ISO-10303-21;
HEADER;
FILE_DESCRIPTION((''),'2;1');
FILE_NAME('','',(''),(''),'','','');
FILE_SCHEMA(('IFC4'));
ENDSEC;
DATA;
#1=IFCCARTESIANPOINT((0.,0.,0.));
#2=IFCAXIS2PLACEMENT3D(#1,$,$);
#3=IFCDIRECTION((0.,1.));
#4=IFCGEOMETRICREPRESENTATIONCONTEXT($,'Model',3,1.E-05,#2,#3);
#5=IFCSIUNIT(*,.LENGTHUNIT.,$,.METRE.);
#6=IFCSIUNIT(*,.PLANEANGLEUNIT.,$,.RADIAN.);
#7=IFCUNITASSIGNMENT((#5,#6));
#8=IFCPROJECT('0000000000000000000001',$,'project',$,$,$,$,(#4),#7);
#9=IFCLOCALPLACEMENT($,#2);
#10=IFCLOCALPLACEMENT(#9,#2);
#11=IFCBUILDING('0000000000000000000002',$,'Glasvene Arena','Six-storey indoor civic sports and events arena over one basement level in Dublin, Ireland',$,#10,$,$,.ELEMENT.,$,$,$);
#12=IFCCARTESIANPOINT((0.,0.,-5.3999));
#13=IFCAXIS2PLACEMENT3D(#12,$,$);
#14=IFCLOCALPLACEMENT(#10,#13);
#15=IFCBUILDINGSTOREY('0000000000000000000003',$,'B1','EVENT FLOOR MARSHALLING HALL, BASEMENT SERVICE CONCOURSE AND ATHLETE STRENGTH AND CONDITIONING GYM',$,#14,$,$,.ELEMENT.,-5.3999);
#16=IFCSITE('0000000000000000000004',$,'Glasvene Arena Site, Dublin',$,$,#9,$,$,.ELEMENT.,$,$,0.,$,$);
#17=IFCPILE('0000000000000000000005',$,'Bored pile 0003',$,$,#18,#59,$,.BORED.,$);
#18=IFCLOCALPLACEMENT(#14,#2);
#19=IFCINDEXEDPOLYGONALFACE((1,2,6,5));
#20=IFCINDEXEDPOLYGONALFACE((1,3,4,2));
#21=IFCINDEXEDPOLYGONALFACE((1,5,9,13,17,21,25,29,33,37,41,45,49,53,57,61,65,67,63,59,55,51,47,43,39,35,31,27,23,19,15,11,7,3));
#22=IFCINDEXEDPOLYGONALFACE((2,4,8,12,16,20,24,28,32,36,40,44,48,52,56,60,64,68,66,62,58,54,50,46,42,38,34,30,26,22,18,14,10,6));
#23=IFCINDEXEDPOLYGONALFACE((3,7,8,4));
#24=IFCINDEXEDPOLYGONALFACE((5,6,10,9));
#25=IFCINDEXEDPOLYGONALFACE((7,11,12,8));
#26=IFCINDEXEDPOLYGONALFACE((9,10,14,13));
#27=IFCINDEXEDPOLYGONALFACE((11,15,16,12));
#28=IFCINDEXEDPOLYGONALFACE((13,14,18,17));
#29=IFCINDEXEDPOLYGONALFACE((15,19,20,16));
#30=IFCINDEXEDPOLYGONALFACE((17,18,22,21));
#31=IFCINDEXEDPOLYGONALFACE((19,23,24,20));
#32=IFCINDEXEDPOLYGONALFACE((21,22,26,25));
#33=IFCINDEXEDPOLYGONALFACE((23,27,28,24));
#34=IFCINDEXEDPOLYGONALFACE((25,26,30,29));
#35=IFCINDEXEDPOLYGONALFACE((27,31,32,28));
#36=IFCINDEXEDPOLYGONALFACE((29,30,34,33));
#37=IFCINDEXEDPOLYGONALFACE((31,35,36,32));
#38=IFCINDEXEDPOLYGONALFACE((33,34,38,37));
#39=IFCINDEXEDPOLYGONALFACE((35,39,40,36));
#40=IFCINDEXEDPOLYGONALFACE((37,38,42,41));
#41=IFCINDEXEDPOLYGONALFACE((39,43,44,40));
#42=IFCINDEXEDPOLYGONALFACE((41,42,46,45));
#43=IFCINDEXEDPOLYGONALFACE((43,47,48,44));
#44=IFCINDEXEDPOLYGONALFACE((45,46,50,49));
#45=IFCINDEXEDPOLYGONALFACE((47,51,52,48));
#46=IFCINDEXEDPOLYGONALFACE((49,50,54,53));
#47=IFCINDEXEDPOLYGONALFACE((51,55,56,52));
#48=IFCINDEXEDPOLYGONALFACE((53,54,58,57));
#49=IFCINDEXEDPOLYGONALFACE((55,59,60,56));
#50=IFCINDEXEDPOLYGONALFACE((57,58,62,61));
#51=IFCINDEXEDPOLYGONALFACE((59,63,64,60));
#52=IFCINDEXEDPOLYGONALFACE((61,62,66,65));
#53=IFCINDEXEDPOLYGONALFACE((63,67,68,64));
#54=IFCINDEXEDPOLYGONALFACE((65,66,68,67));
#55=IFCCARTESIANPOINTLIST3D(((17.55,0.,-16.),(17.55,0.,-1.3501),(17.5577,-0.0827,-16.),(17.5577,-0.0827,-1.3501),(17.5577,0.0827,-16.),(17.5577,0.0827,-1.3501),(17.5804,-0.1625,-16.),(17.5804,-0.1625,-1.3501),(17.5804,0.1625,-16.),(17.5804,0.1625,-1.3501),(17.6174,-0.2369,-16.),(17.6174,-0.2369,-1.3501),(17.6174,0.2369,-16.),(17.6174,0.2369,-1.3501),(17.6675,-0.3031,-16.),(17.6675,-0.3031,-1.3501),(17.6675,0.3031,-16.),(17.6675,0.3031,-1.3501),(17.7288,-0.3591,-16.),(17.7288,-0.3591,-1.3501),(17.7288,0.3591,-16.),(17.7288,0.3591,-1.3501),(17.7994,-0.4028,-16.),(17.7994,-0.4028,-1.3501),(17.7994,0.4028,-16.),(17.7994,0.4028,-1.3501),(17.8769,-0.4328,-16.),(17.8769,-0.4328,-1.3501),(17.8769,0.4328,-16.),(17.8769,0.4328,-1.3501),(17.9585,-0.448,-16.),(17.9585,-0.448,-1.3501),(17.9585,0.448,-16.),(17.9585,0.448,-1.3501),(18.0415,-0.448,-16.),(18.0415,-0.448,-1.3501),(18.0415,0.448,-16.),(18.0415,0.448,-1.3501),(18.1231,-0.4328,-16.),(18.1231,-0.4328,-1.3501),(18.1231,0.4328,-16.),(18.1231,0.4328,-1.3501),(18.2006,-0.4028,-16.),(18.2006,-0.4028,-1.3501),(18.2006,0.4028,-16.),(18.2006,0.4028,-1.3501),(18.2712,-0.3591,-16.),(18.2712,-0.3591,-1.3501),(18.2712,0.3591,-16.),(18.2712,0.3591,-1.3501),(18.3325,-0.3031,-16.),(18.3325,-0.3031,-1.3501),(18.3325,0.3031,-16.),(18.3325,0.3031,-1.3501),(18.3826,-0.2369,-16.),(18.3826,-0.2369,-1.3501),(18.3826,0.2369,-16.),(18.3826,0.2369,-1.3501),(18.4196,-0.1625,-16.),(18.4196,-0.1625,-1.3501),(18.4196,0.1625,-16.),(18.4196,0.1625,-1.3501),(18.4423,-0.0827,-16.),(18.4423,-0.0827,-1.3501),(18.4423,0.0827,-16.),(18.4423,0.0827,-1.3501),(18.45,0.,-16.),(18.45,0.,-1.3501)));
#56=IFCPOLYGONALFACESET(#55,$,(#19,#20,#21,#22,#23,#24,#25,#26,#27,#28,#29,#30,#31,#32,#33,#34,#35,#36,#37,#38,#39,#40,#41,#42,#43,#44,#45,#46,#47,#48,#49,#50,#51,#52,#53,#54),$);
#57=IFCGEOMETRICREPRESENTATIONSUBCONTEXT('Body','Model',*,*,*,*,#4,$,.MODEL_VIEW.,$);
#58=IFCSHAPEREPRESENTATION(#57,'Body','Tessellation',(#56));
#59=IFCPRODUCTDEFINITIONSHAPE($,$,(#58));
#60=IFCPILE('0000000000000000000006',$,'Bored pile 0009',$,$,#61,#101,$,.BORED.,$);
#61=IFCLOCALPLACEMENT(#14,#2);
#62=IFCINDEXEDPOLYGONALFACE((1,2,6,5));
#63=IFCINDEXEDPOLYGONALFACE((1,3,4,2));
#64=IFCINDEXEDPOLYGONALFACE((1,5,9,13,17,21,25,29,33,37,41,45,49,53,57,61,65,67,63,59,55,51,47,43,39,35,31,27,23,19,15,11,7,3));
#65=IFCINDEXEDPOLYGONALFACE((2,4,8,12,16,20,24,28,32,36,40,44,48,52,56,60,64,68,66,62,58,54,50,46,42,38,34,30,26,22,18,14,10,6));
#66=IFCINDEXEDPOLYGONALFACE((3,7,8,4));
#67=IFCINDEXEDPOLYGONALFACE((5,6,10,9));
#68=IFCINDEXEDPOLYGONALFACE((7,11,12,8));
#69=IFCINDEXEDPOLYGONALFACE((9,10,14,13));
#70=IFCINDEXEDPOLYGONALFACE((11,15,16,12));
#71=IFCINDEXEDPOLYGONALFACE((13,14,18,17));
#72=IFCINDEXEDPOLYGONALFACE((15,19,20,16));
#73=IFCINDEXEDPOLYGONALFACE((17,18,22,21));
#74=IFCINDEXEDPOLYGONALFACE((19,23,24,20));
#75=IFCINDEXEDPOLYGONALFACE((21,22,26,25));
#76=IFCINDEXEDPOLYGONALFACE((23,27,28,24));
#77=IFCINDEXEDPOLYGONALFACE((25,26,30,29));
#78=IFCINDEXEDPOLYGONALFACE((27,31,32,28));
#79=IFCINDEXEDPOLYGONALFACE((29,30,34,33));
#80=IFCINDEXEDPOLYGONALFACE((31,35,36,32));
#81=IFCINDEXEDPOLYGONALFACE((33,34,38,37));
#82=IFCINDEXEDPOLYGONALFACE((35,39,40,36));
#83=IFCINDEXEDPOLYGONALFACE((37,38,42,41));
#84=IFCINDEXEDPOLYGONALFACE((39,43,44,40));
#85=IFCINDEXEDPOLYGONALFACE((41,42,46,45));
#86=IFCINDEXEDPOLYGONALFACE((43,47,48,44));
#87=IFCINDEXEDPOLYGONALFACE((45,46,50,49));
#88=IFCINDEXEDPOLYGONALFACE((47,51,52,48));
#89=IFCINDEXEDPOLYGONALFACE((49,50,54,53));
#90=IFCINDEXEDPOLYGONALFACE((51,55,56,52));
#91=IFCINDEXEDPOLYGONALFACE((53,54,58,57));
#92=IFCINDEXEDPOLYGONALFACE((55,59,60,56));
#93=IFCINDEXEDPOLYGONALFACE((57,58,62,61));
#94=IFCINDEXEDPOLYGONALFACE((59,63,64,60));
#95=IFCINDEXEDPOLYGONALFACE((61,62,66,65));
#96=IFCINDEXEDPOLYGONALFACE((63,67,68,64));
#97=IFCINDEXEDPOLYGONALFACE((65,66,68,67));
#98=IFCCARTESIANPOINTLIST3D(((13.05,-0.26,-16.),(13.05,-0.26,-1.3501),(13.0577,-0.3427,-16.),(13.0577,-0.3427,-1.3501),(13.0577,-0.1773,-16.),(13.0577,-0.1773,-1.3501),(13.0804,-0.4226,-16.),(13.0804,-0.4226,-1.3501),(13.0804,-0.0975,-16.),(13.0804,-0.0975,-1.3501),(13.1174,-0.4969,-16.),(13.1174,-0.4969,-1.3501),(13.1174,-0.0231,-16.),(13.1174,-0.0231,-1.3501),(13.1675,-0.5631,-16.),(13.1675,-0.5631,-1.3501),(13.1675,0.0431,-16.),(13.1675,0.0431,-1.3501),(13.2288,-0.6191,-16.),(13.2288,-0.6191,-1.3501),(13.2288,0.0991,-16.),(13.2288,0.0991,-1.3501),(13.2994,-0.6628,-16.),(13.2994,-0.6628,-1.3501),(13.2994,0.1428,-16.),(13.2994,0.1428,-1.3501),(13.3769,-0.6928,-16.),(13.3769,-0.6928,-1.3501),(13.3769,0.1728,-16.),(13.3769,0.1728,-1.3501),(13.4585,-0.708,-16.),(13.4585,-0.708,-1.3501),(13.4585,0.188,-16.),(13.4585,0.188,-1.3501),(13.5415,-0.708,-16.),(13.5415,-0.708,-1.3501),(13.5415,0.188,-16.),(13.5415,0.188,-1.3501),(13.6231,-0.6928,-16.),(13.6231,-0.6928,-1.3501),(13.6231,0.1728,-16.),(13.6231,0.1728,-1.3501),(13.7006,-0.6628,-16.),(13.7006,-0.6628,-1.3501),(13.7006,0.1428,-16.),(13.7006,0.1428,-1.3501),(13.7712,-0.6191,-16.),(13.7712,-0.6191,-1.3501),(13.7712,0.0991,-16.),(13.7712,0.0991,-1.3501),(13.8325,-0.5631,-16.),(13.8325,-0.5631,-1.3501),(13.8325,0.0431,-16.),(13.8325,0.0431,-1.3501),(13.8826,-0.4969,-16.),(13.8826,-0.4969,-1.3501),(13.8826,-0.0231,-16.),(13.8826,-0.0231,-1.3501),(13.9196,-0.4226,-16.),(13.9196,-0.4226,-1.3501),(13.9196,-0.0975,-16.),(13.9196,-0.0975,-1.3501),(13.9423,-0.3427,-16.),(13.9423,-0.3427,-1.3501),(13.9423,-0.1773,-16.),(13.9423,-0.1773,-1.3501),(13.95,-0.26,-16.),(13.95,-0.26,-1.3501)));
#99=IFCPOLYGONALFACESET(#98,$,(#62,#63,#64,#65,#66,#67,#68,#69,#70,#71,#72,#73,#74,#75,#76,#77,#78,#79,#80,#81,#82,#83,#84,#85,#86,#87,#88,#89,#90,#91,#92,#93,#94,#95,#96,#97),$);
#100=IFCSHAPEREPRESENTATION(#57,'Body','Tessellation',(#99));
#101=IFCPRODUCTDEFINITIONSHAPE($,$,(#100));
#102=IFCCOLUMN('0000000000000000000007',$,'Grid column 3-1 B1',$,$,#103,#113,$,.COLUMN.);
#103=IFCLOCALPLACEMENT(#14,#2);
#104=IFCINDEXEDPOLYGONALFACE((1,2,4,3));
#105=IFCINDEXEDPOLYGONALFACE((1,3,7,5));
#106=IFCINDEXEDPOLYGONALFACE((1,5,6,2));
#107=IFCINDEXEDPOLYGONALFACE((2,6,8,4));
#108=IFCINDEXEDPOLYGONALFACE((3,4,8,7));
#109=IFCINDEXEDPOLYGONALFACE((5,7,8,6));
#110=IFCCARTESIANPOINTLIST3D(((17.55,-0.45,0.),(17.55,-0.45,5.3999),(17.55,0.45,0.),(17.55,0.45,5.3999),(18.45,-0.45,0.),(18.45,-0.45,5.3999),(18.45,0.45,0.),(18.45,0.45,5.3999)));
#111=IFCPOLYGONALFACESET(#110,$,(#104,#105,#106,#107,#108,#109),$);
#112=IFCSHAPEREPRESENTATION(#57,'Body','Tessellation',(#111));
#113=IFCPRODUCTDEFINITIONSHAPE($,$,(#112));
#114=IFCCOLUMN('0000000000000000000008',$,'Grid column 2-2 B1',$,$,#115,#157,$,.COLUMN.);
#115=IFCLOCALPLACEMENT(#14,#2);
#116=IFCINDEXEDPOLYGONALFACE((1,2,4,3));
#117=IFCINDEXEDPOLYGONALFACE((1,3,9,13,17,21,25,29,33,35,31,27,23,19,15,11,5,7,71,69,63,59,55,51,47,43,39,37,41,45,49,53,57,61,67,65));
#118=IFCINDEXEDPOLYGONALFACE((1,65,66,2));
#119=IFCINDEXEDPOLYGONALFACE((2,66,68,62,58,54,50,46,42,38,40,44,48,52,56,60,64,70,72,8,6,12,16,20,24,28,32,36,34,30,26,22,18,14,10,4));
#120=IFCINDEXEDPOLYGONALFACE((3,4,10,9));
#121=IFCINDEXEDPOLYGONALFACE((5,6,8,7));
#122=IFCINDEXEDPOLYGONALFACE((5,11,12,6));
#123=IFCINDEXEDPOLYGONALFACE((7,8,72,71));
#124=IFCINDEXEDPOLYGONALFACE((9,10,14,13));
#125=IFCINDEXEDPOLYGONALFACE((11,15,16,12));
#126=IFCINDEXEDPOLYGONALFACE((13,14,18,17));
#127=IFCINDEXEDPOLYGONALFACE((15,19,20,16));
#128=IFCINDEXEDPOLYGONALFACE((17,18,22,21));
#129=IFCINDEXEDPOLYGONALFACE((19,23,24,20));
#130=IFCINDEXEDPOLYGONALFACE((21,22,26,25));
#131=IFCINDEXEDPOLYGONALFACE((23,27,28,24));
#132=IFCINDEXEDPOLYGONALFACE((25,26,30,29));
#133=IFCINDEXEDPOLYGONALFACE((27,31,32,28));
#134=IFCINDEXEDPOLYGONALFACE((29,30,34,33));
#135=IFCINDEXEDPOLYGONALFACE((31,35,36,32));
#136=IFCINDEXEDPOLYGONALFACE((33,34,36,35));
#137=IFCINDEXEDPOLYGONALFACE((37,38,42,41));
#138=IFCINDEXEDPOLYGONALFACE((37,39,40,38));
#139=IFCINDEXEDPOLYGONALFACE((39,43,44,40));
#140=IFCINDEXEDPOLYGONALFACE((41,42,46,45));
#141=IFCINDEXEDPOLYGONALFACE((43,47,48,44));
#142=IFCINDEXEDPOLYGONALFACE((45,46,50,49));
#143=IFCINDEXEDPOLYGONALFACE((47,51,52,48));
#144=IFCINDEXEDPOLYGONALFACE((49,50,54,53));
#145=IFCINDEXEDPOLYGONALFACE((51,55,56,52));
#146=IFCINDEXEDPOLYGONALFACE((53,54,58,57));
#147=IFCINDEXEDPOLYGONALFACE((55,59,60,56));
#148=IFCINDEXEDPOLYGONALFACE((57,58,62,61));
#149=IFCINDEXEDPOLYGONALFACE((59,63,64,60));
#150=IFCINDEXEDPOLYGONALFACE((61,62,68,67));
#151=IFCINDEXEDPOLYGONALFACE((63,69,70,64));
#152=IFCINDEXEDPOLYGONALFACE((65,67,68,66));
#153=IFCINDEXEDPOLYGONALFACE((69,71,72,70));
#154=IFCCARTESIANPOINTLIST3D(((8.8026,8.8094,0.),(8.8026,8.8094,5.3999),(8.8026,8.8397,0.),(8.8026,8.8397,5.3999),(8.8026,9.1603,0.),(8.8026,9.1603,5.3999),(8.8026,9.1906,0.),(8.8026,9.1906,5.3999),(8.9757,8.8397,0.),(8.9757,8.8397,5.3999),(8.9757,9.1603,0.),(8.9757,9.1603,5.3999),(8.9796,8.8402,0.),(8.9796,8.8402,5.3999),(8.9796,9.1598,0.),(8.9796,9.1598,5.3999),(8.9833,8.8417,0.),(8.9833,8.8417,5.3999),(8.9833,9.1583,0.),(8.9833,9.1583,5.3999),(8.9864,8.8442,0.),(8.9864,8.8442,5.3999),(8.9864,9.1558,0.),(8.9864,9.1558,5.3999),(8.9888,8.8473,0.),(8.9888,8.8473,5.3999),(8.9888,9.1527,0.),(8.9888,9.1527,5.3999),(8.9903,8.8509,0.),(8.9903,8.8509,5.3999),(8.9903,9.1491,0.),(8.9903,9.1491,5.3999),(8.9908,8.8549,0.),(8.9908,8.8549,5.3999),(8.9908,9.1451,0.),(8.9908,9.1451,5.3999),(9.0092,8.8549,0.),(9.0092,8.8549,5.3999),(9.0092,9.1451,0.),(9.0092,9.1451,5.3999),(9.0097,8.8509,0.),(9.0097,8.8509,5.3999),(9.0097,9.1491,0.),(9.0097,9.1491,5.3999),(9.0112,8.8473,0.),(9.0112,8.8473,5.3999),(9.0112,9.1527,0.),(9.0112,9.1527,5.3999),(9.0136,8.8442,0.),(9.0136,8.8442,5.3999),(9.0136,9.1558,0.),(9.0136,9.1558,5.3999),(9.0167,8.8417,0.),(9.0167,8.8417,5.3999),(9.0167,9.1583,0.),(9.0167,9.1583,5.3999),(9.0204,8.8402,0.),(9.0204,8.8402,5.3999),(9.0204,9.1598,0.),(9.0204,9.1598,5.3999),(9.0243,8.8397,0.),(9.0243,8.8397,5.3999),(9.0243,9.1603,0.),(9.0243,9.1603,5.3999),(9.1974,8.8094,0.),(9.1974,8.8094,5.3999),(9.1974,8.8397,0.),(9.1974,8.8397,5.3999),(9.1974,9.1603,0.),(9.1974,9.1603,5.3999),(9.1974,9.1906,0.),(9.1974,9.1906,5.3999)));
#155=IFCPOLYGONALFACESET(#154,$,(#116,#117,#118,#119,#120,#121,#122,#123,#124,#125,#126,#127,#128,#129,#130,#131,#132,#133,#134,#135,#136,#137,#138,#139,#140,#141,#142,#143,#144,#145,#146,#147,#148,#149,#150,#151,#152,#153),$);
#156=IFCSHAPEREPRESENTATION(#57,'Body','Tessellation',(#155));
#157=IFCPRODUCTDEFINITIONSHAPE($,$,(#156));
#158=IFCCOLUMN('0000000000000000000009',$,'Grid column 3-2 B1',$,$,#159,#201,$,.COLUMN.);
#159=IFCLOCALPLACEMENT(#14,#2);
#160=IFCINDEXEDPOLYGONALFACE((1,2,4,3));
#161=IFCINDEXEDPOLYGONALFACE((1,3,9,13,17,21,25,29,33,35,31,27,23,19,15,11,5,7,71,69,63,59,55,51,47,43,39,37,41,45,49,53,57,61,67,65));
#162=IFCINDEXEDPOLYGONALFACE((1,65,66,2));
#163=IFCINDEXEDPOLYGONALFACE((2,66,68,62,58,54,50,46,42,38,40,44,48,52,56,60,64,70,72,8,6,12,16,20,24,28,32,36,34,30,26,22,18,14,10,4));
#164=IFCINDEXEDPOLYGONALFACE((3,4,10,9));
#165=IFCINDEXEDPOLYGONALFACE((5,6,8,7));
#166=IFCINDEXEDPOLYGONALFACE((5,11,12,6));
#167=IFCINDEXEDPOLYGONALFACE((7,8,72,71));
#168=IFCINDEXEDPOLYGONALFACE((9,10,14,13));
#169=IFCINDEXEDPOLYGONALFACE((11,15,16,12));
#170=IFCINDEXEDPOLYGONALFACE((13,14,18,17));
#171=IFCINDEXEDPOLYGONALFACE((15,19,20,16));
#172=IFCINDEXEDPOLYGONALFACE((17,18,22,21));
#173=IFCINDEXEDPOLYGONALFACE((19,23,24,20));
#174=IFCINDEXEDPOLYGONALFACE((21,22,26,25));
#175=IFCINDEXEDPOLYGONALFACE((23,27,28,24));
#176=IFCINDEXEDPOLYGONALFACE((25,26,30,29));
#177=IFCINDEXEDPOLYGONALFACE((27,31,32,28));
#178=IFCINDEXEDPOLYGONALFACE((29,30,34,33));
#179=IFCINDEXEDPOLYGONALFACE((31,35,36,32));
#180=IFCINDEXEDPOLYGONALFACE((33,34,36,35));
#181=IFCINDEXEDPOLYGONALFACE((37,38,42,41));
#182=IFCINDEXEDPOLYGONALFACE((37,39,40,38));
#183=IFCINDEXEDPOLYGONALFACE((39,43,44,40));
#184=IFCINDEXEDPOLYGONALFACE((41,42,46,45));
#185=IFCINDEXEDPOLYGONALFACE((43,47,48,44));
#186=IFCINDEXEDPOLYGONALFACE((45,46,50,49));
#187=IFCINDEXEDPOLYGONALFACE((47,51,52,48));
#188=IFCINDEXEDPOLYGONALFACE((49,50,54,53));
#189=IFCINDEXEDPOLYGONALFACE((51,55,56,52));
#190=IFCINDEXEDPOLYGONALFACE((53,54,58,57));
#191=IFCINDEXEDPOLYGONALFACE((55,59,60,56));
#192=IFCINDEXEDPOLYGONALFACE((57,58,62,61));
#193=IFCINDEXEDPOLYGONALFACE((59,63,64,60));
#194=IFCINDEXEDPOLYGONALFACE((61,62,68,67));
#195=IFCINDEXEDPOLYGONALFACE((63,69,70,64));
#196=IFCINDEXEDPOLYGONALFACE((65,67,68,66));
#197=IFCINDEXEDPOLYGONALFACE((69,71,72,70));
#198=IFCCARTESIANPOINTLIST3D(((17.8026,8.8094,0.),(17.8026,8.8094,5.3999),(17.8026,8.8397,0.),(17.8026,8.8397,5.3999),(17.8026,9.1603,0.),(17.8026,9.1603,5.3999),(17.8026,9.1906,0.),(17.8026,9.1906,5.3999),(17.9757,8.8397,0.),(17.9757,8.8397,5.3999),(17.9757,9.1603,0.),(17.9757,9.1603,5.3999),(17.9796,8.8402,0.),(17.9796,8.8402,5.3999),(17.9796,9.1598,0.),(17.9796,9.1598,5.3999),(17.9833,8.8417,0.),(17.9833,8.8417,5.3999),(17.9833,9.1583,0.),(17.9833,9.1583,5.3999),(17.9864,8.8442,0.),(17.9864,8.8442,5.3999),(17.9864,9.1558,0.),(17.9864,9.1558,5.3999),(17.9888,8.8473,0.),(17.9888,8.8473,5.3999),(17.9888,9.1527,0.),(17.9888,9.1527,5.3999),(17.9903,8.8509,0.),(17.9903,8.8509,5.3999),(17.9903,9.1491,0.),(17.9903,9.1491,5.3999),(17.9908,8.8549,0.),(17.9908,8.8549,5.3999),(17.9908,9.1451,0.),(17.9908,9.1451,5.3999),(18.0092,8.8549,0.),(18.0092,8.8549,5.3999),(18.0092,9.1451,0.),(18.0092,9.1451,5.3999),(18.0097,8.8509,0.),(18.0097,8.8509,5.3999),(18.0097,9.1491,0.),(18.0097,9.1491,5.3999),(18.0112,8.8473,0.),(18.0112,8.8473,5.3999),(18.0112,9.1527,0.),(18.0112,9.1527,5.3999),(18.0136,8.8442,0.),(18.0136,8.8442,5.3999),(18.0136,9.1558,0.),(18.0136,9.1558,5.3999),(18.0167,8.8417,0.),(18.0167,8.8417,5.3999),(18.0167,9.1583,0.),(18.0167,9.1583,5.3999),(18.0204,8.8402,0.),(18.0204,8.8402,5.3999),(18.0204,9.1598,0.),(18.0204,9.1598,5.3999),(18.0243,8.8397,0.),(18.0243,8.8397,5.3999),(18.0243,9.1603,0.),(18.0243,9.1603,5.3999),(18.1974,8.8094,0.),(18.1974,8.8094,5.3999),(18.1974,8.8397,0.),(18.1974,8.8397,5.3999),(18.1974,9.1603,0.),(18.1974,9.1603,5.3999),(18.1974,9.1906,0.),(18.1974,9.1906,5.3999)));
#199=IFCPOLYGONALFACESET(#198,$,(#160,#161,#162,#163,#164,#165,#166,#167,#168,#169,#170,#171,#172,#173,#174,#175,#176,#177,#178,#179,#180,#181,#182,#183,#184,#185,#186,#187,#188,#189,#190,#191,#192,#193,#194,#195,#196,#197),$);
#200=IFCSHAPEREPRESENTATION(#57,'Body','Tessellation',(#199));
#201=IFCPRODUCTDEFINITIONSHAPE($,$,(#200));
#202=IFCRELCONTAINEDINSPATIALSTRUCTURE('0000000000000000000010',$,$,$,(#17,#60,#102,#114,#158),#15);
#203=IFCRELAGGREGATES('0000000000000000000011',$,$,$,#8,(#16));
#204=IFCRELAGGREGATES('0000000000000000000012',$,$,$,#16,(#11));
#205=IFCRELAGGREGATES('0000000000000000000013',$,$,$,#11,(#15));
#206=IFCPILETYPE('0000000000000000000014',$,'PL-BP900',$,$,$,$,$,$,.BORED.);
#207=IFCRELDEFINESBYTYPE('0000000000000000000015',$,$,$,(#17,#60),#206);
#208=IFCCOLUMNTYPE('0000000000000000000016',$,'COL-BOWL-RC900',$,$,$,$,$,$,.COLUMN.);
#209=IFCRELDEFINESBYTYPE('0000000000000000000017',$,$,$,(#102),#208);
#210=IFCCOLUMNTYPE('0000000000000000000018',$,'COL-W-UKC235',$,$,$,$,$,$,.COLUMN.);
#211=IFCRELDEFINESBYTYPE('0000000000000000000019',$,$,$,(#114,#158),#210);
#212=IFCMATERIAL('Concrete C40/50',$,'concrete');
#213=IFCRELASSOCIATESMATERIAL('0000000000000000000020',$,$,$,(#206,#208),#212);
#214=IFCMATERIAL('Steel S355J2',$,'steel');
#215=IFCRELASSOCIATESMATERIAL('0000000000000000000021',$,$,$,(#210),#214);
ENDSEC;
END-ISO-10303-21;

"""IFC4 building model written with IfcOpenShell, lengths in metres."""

from ifc_helpers import new_model, si_unit, direction, frame, origin, origin_2d, place, context, subcontext, project, spatial, rectangle, circle, i_section, extrude, material, material_profile, profile_set, type_object, element, save


model = new_model("IFC4")

# Units and contexts
model_context = context("Model", 3, precision=1e-05, world=origin(), true_north=direction((0.0, 1.0)))
body_context = subcontext(model_context, "Body", "Model", "MODEL_VIEW")
ifc_project = project(units=[si_unit("LENGTHUNIT", "METRE"), si_unit("PLANEANGLEUNIT", "RADIAN")], contexts=[model_context])

# Site, building, storey
site_placement = place(None, origin())
site = spatial("IfcSite", under=ifc_project, at=site_placement, Name="Glasvene Arena Site, Dublin", CompositionType="ELEMENT", RefElevation=0.0)
building_placement = place(site_placement, origin())
building = spatial("IfcBuilding", under=site, at=building_placement, Name="Glasvene Arena", Description="Six-storey indoor civic sports and events arena over one basement level in Dublin, Ireland", CompositionType="ELEMENT")
storey_placement = place(building_placement, frame((0.0, 0.0, -5.3999)))
storey = spatial("IfcBuildingStorey", under=building, at=storey_placement, Name="B1", Description="EVENT FLOOR MARSHALLING HALL, BASEMENT SERVICE CONCOURSE AND ATHLETE STRENGTH AND CONDITIONING GYM", CompositionType="ELEMENT", Elevation=-5.3999)

# Shared definitions
ifc_material_1 = material(Name="Concrete C40/50", Category="concrete")

# Piles
ifc_material_profile_1 = material_profile(ifc_material_1, circle(Radius=0.45, at=origin_2d()), Name="BORED PILE 900")
ifc_profile_set_1 = profile_set([ifc_material_profile_1], Name="Concrete C40/50")
pile_type_1 = type_object("IfcPileType", Name="PL-BP900", PredefinedType="BORED", material=ifc_profile_set_1)
for number, where, z_axis, x_axis, name in (
    (1, (18.0, 0.0, -1.3501), (0.0, 0.0, -1.0), (1.0, 0.0, 0.0), "Bored pile 0003"),
    (2, (13.5, -0.26, -1.3501), (0.0, 0.0, -1.0), (1.0, 0.0, 0.0), "Bored pile 0009"),
):
    element("IfcPile", number, at=place(storey_placement, frame(where, z_axis=z_axis, x_axis=x_axis)), inside=storey, type_object=pile_type_1, Name=name, PredefinedType="BORED", context=body_context, shape_type="SweptSolid", body=[
        extrude(circle(Radius=0.45, at=origin_2d()), origin(), (0.0, 0.0, 1.0), 14.6499),
    ])

# Columns
ifc_material_profile_2 = material_profile(ifc_material_1, rectangle(XDim=0.8999, YDim=0.8999, at=origin_2d()), Name="RC 900x900")
ifc_profile_set_2 = profile_set([ifc_material_profile_2], Name="Concrete C40/50")
column_type_1 = type_object("IfcColumnType", Name="COL-BOWL-RC900", PredefinedType="COLUMN", material=ifc_profile_set_2)
column_1_placement = place(storey_placement, frame((18.0, 0.0, 0.0), z_axis=(0.0, 0.0, 1.0), x_axis=(1.0, 0.0, 0.0)))
element("IfcColumn", 3, at=column_1_placement, inside=storey, type_object=column_type_1, Name="Grid column 3-1 B1", PredefinedType="COLUMN", context=body_context, shape_type="SweptSolid", body=[
    extrude(rectangle(XDim=0.8999, YDim=0.8999, at=origin_2d()), origin(), (0.0, 0.0, 1.0), 5.3999),
])
ifc_material_2 = material(Name="Steel S355J2", Category="steel")
ifc_material_profile_3 = material_profile(ifc_material_2, i_section(OverallWidth=0.3948, OverallDepth=0.3811, WebThickness=0.0183, FlangeThickness=0.0303, FilletRadius=0.0151, at=origin_2d()), Name="UKC 356x406x235")
ifc_profile_set_3 = profile_set([ifc_material_profile_3], Name="Steel S355J2")
column_type_2 = type_object("IfcColumnType", Name="COL-W-UKC235", PredefinedType="COLUMN", material=ifc_profile_set_3)
for number, where, z_axis, x_axis, name in (
    (4, (9.0, 9.0, 0.0), (0.0, 0.0, 1.0), (1.0, 0.0, 0.0), "Grid column 2-2 B1"),
    (5, (18.0, 9.0, 0.0), (0.0, 0.0, 1.0), (1.0, 0.0, 0.0), "Grid column 3-2 B1"),
):
    element("IfcColumn", number, at=place(storey_placement, frame(where, z_axis=z_axis, x_axis=x_axis)), inside=storey, type_object=column_type_2, Name=name, PredefinedType="COLUMN", context=body_context, shape_type="SweptSolid", body=[
        extrude(i_section(OverallWidth=0.3948, OverallDepth=0.3811, WebThickness=0.0183, FlangeThickness=0.0303, FilletRadius=0.0151, at=origin_2d()), origin(), (0.0, 0.0, 1.0), 5.3999),
    ])

save(model, "model.ifc")
